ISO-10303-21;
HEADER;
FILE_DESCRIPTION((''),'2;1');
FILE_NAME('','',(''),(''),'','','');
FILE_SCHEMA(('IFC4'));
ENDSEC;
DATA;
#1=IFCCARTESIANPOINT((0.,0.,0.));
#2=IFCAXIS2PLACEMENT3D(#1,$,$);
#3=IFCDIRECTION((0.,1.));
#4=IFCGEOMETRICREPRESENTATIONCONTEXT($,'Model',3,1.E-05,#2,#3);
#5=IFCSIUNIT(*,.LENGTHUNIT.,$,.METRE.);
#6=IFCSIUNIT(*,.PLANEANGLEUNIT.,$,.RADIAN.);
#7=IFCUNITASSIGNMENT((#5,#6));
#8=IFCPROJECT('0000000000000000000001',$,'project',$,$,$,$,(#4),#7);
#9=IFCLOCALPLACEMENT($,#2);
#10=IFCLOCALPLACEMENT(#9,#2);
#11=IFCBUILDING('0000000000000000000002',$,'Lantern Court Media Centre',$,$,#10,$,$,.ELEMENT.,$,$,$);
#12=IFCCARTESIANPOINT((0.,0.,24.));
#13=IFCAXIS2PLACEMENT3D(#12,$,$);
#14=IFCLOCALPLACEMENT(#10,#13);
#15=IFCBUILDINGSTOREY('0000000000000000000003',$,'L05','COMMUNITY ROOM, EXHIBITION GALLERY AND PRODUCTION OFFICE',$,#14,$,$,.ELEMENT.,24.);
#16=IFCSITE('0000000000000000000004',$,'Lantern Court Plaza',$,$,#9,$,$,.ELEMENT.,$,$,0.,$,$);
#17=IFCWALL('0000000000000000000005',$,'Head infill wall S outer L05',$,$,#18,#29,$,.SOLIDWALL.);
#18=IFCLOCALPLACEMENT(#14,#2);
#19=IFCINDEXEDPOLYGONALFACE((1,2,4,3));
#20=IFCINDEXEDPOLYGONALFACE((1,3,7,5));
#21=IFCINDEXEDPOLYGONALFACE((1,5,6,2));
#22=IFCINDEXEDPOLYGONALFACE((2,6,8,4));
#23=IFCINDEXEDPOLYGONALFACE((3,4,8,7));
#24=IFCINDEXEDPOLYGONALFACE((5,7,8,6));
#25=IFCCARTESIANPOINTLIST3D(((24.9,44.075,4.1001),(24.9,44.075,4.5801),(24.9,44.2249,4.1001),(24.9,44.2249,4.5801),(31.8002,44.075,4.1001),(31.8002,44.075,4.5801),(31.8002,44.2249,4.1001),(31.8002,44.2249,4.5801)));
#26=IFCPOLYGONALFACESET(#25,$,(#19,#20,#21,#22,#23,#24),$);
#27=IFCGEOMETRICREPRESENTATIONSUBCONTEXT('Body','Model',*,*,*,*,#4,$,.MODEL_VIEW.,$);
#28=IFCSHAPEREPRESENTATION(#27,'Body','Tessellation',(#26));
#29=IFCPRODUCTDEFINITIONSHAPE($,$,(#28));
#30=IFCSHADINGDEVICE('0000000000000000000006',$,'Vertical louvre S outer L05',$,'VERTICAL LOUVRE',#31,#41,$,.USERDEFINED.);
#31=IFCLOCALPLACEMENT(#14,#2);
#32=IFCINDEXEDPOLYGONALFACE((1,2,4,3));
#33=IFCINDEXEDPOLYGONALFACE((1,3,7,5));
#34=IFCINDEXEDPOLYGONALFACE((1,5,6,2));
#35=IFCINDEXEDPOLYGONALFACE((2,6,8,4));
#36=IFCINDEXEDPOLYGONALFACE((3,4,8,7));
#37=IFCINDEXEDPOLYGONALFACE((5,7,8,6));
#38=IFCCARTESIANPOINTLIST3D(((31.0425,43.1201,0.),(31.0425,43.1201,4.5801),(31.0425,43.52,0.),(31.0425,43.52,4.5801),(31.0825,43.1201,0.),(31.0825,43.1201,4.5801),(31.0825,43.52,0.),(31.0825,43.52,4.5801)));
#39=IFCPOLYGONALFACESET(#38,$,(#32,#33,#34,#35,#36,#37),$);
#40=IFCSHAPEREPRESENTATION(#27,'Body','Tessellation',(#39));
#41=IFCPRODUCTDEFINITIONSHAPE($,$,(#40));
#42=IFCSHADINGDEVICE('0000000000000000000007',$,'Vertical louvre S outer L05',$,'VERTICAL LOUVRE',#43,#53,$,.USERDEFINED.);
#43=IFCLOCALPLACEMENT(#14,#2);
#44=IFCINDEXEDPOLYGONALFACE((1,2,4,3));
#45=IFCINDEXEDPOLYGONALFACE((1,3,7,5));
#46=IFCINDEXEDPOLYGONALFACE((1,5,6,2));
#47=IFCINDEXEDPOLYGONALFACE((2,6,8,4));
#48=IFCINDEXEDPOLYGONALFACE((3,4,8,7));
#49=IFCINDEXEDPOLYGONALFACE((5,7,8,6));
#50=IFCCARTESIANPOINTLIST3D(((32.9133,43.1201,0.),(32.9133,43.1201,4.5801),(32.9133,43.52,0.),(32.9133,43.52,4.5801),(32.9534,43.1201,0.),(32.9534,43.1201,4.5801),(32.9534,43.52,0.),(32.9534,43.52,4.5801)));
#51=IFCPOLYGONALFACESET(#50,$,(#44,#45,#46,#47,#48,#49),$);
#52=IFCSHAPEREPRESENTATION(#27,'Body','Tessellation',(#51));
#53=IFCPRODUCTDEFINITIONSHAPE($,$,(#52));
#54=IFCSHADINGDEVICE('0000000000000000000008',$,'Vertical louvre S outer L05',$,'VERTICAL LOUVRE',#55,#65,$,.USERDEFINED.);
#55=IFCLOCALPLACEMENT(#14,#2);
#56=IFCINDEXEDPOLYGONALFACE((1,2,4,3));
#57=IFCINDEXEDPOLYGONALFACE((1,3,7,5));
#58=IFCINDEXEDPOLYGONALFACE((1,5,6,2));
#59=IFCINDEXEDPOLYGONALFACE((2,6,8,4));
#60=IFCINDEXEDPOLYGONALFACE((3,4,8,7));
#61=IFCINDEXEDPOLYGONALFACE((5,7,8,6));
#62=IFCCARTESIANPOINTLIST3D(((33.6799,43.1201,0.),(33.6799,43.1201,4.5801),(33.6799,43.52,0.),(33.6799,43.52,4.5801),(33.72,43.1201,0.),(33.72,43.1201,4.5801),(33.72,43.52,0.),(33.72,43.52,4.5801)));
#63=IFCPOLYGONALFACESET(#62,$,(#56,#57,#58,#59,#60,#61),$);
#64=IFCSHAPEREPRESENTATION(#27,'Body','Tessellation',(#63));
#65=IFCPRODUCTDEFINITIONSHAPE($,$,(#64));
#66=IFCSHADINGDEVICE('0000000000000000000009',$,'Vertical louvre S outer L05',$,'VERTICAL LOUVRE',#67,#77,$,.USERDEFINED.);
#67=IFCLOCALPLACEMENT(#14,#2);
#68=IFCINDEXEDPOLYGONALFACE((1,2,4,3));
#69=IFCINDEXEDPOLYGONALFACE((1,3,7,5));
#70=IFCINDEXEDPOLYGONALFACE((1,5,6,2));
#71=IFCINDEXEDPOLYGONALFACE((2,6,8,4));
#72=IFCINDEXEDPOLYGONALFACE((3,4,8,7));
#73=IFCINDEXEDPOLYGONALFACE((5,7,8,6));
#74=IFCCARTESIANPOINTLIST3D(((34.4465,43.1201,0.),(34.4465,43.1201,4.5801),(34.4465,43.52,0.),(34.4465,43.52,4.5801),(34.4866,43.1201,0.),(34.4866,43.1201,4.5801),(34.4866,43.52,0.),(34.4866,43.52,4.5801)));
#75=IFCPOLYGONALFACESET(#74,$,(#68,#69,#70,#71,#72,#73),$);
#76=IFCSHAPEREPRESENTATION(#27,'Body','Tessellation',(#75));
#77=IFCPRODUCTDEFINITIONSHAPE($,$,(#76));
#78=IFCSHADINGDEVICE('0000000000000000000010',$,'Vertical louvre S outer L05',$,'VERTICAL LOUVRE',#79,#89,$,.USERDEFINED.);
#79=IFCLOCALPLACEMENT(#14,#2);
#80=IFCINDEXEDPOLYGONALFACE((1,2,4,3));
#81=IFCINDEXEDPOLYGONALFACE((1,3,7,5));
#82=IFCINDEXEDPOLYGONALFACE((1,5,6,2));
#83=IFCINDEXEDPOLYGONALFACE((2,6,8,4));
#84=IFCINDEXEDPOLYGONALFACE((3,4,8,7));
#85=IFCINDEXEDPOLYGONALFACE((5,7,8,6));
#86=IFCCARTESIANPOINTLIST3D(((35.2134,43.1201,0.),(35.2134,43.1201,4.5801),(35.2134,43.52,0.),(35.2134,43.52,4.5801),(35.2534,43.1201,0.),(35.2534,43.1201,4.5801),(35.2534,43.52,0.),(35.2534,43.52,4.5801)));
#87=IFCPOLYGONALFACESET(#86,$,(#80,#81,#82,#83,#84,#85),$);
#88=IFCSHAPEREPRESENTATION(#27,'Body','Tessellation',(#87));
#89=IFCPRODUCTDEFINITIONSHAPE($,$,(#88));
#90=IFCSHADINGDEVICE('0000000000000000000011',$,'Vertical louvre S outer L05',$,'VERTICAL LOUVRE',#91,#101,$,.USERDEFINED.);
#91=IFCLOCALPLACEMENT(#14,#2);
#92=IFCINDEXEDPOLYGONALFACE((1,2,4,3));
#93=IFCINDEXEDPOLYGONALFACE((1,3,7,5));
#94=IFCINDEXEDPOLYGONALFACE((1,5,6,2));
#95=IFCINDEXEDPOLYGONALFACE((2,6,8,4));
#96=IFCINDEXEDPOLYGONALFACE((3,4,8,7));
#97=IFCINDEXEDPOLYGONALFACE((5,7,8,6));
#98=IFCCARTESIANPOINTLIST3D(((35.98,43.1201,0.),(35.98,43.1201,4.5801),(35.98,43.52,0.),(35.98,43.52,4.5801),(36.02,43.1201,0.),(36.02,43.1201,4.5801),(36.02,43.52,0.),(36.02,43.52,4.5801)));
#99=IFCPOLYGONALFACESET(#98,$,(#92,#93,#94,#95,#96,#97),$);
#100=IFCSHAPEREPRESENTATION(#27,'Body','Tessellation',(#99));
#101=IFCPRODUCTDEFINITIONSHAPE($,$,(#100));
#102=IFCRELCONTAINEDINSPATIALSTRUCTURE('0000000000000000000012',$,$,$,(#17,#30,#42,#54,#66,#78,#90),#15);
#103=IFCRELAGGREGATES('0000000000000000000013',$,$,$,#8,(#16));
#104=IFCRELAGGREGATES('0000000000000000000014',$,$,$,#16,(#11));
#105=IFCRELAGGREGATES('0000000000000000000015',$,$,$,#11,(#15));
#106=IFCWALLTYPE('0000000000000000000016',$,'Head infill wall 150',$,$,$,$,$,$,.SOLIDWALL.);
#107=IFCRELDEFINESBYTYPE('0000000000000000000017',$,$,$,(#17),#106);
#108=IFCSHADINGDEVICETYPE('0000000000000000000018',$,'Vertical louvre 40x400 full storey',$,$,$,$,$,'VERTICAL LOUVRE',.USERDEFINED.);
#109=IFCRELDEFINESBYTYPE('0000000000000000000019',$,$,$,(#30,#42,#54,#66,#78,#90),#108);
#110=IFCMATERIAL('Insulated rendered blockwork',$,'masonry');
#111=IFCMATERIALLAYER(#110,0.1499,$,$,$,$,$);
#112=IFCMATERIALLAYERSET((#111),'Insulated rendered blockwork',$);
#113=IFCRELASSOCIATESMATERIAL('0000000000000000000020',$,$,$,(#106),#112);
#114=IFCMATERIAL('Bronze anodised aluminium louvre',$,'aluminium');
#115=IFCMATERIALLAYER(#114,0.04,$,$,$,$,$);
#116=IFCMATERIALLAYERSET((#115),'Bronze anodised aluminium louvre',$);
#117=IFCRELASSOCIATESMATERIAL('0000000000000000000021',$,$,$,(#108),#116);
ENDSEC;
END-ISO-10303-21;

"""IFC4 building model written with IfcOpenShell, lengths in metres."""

from ifc_helpers import new_model, si_unit, direction, frame, frame_2d, origin, origin_2d, place, context, subcontext, project, spatial, rectangle, extrude, material, layer, layer_set, type_object, element, save


model = new_model("IFC4")

# Units and contexts
model_context = context("Model", 3, precision=1e-05, world=origin(), true_north=direction((0.0, 1.0)))
body_context = subcontext(model_context, "Body", "Model", "MODEL_VIEW")
ifc_project = project(units=[si_unit("LENGTHUNIT", "METRE"), si_unit("PLANEANGLEUNIT", "RADIAN")], contexts=[model_context])

# Site, building, storey
site_placement = place(None, origin())
site = spatial("IfcSite", under=ifc_project, at=site_placement, Name="Lantern Court Plaza", CompositionType="ELEMENT", RefElevation=0.0)
building_placement = place(site_placement, origin())
building = spatial("IfcBuilding", under=site, at=building_placement, Name="Lantern Court Media Centre", CompositionType="ELEMENT")
storey_placement = place(building_placement, frame((0.0, 0.0, 24.0)))
storey = spatial("IfcBuildingStorey", under=building, at=storey_placement, Name="L05", Description="COMMUNITY ROOM, EXHIBITION GALLERY AND PRODUCTION OFFICE", CompositionType="ELEMENT", Elevation=24.0)

# Wall
ifc_material_1 = material(Name="Insulated rendered blockwork", Category="masonry")
ifc_layer_1 = layer(ifc_material_1, 0.1499)
ifc_layer_set_1 = layer_set([ifc_layer_1], Name="Insulated rendered blockwork")
wall_type = type_object("IfcWallType", Name="Head infill wall 150", PredefinedType="SOLIDWALL", material=ifc_layer_set_1)
wall_placement = place(storey_placement, frame((24.8999, 44.1499, 4.1001), z_axis=(0.0, 0.0, 1.0), x_axis=(1.0, 0.0, 0.0)))
element("IfcWall", 1, at=wall_placement, inside=storey, type_object=wall_type, Name="Head infill wall S outer L05", PredefinedType="SOLIDWALL", context=body_context, shape_type="SweptSolid", body=[
    extrude(rectangle(XDim=6.9001, YDim=0.1499, at=frame_2d((3.4502, 0.0))), origin(), (0.0, 0.0, 1.0), 0.48),
])

# Shading devices
ifc_material_2 = material(Name="Bronze anodised aluminium louvre", Category="aluminium")
ifc_layer_2 = layer(ifc_material_2, 0.04)
ifc_layer_set_2 = layer_set([ifc_layer_2], Name="Bronze anodised aluminium louvre")
shading_device_type = type_object("IfcShadingDeviceType", Name="Vertical louvre 40x400 full storey", ElementType="VERTICAL LOUVRE", PredefinedType="USERDEFINED", material=ifc_layer_set_2)
for number, where, z_axis, x_axis, name in (
    (2, (31.0625, 43.3201, 0.0), (0.0, 0.0, 1.0), (1.0, 0.0, 0.0), "Vertical louvre S outer L05"),
    (3, (32.9333, 43.3201, 0.0), (0.0, 0.0, 1.0), (1.0, 0.0, 0.0), "Vertical louvre S outer L05"),
    (4, (33.7, 43.3201, 0.0), (0.0, 0.0, 1.0), (1.0, 0.0, 0.0), "Vertical louvre S outer L05"),
    (5, (34.4666, 43.3201, 0.0), (0.0, 0.0, 1.0), (1.0, 0.0, 0.0), "Vertical louvre S outer L05"),
    (6, (35.2334, 43.3201, 0.0), (0.0, 0.0, 1.0), (1.0, 0.0, 0.0), "Vertical louvre S outer L05"),
    (7, (36.0, 43.3201, 0.0), (0.0, 0.0, 1.0), (1.0, 0.0, 0.0), "Vertical louvre S outer L05"),
):
    element("IfcShadingDevice", number, at=place(storey_placement, frame(where, z_axis=z_axis, x_axis=x_axis)), inside=storey, type_object=shading_device_type, Name=name, ObjectType="VERTICAL LOUVRE", PredefinedType="USERDEFINED", context=body_context, shape_type="SweptSolid", body=[
        extrude(rectangle(XDim=0.04, YDim=0.3999, at=origin_2d()), origin(), (0.0, 0.0, 1.0), 4.5801),
    ])

save(model, "model.ifc")
